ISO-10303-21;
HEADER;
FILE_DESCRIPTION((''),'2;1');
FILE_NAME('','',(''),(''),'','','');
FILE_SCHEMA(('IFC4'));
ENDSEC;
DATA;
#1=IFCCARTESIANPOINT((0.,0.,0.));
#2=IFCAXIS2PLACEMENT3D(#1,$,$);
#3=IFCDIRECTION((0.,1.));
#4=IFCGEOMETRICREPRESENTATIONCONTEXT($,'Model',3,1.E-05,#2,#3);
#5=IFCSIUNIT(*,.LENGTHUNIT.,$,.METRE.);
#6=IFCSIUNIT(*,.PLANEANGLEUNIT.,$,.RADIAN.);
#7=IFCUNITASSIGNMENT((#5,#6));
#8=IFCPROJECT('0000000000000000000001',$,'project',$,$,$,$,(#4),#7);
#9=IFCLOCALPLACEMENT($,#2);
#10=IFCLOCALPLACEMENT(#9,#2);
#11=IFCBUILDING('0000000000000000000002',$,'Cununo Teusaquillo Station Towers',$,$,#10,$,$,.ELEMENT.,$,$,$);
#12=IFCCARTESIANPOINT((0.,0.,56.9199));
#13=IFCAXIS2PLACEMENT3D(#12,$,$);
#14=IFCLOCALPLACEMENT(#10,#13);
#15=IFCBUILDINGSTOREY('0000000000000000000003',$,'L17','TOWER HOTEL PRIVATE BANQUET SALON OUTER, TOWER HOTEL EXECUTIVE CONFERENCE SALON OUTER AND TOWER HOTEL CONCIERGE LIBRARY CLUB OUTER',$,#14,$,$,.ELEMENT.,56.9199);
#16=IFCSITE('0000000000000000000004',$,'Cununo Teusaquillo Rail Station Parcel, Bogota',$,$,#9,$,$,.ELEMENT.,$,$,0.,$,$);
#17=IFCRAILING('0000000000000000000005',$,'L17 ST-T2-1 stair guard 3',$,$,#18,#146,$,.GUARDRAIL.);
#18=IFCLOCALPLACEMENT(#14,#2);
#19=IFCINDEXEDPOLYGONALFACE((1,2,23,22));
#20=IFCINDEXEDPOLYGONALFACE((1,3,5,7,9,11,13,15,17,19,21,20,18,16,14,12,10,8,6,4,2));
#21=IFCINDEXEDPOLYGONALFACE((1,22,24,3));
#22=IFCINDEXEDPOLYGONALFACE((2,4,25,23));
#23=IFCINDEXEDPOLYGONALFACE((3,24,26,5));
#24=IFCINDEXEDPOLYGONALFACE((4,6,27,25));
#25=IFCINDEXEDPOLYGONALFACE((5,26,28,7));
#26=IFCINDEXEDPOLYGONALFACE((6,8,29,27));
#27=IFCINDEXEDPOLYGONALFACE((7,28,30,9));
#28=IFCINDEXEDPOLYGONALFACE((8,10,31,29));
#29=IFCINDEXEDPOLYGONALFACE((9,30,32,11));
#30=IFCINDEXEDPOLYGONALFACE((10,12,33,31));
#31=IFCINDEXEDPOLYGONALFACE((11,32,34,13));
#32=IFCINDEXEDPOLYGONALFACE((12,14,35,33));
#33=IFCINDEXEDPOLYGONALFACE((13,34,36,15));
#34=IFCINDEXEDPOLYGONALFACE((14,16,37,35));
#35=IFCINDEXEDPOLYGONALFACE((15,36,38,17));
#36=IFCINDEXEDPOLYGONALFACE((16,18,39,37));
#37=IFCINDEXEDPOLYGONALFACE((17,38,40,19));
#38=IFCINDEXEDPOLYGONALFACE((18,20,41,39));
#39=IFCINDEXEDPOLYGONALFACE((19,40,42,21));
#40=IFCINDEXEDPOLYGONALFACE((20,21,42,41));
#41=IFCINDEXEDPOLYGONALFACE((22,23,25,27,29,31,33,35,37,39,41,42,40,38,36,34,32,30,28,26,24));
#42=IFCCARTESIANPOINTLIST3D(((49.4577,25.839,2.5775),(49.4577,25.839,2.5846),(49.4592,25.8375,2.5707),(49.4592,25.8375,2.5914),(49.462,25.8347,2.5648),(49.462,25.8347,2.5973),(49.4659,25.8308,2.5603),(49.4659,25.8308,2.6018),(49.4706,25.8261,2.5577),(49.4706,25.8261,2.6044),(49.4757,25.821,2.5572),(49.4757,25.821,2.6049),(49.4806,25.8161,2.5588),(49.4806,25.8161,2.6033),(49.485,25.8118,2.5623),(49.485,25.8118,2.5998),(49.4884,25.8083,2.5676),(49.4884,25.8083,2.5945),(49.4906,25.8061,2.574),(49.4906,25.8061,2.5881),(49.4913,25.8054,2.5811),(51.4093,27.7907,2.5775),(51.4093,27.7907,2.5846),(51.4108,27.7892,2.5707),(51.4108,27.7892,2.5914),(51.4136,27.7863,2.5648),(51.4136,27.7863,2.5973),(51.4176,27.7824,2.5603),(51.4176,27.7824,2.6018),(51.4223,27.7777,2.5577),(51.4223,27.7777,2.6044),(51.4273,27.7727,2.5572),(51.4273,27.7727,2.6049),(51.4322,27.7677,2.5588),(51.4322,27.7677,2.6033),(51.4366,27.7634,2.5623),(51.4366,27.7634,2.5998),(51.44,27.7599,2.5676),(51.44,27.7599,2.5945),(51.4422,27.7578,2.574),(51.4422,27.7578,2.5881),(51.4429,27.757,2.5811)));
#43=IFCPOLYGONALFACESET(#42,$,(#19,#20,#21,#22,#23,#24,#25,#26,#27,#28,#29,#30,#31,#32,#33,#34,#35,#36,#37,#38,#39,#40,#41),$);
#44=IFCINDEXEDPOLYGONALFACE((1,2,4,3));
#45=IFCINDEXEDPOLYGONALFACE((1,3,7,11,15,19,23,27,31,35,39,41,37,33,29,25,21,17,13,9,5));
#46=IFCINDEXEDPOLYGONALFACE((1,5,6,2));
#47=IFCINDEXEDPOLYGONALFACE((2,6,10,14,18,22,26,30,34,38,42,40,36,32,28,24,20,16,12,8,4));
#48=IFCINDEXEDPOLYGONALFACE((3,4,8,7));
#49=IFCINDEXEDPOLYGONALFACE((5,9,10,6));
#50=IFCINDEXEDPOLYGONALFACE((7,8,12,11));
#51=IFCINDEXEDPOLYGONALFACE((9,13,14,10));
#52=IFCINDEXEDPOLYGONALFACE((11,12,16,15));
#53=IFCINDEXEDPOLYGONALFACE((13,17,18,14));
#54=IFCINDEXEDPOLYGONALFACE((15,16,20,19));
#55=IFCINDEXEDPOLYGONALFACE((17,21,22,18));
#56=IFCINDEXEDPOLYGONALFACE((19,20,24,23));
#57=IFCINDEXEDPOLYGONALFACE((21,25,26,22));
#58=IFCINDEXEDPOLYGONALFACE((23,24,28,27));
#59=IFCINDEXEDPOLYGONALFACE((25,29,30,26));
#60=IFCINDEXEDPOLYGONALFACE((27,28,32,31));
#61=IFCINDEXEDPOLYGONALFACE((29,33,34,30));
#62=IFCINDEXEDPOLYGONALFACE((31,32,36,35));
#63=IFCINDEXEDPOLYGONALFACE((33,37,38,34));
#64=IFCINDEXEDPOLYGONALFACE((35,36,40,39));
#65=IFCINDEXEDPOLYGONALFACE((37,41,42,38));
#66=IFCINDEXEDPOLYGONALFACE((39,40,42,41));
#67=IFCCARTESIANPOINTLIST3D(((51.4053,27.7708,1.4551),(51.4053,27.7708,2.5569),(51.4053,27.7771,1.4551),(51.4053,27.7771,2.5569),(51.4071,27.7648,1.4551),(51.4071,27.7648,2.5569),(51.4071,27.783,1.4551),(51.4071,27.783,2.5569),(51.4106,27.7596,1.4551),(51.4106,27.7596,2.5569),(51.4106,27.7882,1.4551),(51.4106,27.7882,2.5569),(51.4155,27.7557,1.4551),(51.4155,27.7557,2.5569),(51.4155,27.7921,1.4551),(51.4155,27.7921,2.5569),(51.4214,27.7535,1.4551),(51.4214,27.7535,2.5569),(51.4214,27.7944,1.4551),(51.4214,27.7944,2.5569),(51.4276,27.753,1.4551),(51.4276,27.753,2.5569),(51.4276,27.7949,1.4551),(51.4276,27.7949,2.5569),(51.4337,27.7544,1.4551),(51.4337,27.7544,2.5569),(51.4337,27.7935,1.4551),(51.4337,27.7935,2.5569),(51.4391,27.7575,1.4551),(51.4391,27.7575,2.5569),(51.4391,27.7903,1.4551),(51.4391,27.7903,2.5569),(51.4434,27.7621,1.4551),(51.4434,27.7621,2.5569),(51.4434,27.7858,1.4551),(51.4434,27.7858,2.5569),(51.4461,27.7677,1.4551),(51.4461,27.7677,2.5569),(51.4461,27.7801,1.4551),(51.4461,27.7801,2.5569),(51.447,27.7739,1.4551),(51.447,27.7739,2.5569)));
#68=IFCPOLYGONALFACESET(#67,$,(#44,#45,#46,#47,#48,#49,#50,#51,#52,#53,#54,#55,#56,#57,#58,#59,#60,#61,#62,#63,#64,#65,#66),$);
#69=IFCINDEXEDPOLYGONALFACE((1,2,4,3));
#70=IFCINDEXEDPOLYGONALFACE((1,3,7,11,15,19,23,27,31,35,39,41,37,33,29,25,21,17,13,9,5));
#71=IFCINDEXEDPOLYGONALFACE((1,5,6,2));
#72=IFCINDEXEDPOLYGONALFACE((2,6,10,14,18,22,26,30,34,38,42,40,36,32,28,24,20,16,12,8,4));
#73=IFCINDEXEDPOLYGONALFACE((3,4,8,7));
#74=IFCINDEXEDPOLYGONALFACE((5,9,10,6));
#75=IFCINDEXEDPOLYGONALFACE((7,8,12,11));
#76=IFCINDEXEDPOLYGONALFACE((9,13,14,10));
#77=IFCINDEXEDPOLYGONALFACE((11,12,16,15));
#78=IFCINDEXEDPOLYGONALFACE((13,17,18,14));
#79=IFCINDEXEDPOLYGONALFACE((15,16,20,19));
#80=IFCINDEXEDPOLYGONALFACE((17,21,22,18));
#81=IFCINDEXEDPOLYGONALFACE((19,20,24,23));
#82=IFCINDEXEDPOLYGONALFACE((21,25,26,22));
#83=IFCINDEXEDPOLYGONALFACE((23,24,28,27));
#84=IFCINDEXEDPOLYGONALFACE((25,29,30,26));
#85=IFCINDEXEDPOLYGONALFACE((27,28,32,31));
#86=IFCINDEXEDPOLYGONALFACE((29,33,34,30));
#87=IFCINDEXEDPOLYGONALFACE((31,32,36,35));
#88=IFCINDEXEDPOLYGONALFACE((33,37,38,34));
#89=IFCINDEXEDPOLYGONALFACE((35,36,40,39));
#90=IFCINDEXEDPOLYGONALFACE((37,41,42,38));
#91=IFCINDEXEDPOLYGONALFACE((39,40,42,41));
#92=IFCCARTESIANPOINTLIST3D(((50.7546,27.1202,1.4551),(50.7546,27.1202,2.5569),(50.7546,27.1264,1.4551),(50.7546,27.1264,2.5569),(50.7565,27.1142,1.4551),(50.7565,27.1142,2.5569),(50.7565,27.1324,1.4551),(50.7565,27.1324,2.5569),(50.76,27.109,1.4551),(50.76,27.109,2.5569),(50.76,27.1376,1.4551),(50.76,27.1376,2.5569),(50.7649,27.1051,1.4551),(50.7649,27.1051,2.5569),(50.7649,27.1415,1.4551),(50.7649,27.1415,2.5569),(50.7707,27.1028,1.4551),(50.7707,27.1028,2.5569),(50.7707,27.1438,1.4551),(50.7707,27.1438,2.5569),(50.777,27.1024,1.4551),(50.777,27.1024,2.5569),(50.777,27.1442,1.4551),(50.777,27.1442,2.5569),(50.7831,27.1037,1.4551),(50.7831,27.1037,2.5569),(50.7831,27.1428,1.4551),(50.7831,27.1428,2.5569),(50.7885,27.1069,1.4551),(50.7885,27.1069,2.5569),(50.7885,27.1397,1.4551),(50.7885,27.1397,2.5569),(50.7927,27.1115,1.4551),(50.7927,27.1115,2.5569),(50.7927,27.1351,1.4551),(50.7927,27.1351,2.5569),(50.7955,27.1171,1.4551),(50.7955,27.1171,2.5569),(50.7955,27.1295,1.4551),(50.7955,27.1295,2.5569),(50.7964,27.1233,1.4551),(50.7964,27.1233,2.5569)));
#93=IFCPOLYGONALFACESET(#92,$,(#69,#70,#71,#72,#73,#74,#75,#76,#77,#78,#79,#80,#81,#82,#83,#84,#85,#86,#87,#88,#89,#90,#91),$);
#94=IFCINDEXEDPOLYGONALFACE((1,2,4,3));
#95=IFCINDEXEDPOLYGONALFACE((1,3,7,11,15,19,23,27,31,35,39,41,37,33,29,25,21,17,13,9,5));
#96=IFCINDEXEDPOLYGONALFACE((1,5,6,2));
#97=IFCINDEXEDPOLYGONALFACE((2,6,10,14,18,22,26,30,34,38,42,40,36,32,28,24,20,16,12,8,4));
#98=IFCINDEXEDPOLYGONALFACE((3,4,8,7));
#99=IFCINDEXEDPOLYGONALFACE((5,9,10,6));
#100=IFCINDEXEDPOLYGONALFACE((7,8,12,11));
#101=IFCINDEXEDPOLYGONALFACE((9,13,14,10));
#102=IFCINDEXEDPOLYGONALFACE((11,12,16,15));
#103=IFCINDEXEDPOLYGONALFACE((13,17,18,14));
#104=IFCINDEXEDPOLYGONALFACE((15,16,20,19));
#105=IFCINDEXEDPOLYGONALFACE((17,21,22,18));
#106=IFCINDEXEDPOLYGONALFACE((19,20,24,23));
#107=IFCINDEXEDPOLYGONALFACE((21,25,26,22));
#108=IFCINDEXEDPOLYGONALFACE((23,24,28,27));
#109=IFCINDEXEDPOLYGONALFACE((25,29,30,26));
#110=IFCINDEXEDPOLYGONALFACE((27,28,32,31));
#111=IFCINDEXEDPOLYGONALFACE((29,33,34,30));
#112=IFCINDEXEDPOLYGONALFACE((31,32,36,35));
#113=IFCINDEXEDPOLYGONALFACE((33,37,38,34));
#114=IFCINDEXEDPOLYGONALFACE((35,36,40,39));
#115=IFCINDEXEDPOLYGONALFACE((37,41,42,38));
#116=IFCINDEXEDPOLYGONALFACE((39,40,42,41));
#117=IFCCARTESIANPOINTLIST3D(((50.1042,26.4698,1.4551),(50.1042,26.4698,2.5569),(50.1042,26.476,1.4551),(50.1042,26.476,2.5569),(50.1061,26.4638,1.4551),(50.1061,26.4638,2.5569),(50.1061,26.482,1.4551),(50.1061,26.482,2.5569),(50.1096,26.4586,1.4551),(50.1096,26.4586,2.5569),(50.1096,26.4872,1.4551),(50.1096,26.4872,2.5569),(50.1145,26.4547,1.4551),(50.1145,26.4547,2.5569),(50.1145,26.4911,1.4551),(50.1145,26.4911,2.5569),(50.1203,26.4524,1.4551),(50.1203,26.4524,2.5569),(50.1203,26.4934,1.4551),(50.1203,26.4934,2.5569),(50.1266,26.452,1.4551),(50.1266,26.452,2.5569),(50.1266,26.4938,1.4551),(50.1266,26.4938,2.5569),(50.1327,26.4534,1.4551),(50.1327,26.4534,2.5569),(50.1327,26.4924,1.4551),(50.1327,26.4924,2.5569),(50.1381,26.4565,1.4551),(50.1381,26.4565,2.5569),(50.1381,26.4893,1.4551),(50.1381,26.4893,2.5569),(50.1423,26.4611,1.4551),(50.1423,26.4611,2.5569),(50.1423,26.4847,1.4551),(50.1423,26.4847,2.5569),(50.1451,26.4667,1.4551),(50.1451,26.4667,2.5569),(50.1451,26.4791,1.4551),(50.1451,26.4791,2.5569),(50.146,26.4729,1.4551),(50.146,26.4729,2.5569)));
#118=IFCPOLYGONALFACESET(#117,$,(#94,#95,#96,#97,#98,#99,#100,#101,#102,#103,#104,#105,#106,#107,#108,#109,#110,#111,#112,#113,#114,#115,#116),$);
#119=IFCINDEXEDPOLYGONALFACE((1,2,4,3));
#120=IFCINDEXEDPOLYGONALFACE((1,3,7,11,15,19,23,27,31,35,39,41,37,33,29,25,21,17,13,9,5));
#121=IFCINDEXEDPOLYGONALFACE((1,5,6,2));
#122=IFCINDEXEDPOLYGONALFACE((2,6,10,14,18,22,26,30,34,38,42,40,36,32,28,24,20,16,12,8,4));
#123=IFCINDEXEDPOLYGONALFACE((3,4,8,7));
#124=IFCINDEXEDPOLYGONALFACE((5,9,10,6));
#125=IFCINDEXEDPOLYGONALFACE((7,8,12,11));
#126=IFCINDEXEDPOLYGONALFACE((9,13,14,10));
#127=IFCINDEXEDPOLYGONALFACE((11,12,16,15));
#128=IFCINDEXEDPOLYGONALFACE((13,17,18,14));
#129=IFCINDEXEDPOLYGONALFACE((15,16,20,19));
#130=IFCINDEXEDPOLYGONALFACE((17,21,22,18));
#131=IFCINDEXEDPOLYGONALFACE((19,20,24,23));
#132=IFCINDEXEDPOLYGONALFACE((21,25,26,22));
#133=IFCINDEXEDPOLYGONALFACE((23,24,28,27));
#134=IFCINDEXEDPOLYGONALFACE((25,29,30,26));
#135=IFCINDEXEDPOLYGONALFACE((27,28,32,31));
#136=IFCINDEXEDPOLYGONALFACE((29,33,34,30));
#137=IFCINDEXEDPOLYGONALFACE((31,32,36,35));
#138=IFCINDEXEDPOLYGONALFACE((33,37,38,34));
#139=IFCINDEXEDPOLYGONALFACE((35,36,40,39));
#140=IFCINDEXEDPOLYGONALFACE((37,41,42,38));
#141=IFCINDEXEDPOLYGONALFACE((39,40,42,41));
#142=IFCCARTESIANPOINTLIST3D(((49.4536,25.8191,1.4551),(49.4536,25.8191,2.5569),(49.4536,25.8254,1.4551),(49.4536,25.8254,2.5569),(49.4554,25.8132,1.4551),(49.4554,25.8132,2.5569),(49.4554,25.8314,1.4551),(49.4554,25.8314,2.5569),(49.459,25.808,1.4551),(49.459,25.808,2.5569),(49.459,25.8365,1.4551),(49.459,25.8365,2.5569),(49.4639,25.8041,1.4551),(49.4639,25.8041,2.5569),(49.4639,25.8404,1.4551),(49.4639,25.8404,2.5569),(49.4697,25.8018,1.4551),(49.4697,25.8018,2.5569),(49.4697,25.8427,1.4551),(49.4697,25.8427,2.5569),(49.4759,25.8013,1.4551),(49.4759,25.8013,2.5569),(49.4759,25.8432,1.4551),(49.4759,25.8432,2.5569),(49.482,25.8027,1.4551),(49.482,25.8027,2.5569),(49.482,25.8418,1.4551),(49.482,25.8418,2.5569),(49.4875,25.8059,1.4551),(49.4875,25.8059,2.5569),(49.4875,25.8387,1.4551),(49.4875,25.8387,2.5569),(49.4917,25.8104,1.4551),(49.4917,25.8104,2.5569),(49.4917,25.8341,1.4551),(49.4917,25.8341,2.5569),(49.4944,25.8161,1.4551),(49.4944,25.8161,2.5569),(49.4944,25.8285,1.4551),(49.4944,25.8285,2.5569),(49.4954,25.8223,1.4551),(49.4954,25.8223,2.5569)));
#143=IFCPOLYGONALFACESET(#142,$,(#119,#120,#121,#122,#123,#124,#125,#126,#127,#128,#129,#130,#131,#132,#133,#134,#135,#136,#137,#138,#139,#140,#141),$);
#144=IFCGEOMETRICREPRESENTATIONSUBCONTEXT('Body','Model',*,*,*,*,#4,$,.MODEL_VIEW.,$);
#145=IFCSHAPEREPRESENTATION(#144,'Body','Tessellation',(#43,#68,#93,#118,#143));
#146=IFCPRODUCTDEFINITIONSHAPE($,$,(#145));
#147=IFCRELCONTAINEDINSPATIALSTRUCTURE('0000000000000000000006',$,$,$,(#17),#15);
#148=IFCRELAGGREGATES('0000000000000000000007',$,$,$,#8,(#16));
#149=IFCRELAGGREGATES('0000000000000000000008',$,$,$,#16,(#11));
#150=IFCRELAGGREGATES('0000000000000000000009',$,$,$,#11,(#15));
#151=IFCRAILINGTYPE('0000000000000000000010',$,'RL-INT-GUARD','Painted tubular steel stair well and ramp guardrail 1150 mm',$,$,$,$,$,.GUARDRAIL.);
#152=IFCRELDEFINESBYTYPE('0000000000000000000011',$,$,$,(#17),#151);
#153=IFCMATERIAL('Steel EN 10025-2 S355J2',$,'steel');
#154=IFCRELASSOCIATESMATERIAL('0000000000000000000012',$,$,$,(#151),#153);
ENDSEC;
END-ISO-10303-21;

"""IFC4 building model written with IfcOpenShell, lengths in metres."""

from ifc_helpers import new_model, si_unit, direction, frame, origin, origin_2d, place, context, subcontext, project, spatial, circle, extrude, material, type_object, element, save


model = new_model("IFC4")

# Units and contexts
model_context = context("Model", 3, precision=1e-05, world=origin(), true_north=direction((0.0, 1.0)))
body_context = subcontext(model_context, "Body", "Model", "MODEL_VIEW")
ifc_project = project(units=[si_unit("LENGTHUNIT", "METRE"), si_unit("PLANEANGLEUNIT", "RADIAN")], contexts=[model_context])

# Site, building, storey
site_placement = place(None, origin())
site = spatial("IfcSite", under=ifc_project, at=site_placement, Name="Cununo Teusaquillo Rail Station Parcel, Bogota", CompositionType="ELEMENT", RefElevation=0.0)
building_placement = place(site_placement, origin())
building = spatial("IfcBuilding", under=site, at=building_placement, Name="Cununo Teusaquillo Station Towers", CompositionType="ELEMENT")
storey_placement = place(building_placement, frame((0.0, 0.0, 56.9199)))
storey = spatial("IfcBuildingStorey", under=building, at=storey_placement, Name="L17", Description="TOWER HOTEL PRIVATE BANQUET SALON OUTER, TOWER HOTEL EXECUTIVE CONFERENCE SALON OUTER AND TOWER HOTEL CONCIERGE LIBRARY CLUB OUTER", CompositionType="ELEMENT", Elevation=56.9199)

# Railing
ifc_material_1 = material(Name="Steel EN 10025-2 S355J2", Category="steel")
railing_type_1 = type_object("IfcRailingType", Name="RL-INT-GUARD", Description="Painted tubular steel stair well and ramp guardrail 1150 mm", PredefinedType="GUARDRAIL", material=ifc_material_1)
railing_1_placement = place(storey_placement, frame((51.426, 27.7739, 1.4551)))
element("IfcRailing", 1, at=railing_1_placement, inside=storey, type_object=railing_type_1, Name="L17 ST-T2-1 stair guard 3", PredefinedType="GUARDRAIL", context=body_context, shape_type="SweptSolid", body=[
    extrude(circle(Radius=0.0239, at=origin_2d()), frame((0.0, 0.0, 1.126), z_axis=(-0.707107, -0.707107, 0.0), x_axis=(0.707107, -0.707107, 0.0)), (0.0, 0.0, 1.0), 2.76),
    extrude(circle(Radius=0.021, at=origin_2d()), origin(), (0.0, 0.0, 1.0), 1.1018),
    extrude(circle(Radius=0.021, at=origin_2d()), frame((-0.6506, -0.6506, 0.0)), (0.0, 0.0, 1.0), 1.1018),
    extrude(circle(Radius=0.021, at=origin_2d()), frame((-1.301, -1.301, 0.0)), (0.0, 0.0, 1.0), 1.1018),
    extrude(circle(Radius=0.021, at=origin_2d()), frame((-1.9517, -1.9517, 0.0)), (0.0, 0.0, 1.0), 1.1018),
])

save(model, "model.ifc")
